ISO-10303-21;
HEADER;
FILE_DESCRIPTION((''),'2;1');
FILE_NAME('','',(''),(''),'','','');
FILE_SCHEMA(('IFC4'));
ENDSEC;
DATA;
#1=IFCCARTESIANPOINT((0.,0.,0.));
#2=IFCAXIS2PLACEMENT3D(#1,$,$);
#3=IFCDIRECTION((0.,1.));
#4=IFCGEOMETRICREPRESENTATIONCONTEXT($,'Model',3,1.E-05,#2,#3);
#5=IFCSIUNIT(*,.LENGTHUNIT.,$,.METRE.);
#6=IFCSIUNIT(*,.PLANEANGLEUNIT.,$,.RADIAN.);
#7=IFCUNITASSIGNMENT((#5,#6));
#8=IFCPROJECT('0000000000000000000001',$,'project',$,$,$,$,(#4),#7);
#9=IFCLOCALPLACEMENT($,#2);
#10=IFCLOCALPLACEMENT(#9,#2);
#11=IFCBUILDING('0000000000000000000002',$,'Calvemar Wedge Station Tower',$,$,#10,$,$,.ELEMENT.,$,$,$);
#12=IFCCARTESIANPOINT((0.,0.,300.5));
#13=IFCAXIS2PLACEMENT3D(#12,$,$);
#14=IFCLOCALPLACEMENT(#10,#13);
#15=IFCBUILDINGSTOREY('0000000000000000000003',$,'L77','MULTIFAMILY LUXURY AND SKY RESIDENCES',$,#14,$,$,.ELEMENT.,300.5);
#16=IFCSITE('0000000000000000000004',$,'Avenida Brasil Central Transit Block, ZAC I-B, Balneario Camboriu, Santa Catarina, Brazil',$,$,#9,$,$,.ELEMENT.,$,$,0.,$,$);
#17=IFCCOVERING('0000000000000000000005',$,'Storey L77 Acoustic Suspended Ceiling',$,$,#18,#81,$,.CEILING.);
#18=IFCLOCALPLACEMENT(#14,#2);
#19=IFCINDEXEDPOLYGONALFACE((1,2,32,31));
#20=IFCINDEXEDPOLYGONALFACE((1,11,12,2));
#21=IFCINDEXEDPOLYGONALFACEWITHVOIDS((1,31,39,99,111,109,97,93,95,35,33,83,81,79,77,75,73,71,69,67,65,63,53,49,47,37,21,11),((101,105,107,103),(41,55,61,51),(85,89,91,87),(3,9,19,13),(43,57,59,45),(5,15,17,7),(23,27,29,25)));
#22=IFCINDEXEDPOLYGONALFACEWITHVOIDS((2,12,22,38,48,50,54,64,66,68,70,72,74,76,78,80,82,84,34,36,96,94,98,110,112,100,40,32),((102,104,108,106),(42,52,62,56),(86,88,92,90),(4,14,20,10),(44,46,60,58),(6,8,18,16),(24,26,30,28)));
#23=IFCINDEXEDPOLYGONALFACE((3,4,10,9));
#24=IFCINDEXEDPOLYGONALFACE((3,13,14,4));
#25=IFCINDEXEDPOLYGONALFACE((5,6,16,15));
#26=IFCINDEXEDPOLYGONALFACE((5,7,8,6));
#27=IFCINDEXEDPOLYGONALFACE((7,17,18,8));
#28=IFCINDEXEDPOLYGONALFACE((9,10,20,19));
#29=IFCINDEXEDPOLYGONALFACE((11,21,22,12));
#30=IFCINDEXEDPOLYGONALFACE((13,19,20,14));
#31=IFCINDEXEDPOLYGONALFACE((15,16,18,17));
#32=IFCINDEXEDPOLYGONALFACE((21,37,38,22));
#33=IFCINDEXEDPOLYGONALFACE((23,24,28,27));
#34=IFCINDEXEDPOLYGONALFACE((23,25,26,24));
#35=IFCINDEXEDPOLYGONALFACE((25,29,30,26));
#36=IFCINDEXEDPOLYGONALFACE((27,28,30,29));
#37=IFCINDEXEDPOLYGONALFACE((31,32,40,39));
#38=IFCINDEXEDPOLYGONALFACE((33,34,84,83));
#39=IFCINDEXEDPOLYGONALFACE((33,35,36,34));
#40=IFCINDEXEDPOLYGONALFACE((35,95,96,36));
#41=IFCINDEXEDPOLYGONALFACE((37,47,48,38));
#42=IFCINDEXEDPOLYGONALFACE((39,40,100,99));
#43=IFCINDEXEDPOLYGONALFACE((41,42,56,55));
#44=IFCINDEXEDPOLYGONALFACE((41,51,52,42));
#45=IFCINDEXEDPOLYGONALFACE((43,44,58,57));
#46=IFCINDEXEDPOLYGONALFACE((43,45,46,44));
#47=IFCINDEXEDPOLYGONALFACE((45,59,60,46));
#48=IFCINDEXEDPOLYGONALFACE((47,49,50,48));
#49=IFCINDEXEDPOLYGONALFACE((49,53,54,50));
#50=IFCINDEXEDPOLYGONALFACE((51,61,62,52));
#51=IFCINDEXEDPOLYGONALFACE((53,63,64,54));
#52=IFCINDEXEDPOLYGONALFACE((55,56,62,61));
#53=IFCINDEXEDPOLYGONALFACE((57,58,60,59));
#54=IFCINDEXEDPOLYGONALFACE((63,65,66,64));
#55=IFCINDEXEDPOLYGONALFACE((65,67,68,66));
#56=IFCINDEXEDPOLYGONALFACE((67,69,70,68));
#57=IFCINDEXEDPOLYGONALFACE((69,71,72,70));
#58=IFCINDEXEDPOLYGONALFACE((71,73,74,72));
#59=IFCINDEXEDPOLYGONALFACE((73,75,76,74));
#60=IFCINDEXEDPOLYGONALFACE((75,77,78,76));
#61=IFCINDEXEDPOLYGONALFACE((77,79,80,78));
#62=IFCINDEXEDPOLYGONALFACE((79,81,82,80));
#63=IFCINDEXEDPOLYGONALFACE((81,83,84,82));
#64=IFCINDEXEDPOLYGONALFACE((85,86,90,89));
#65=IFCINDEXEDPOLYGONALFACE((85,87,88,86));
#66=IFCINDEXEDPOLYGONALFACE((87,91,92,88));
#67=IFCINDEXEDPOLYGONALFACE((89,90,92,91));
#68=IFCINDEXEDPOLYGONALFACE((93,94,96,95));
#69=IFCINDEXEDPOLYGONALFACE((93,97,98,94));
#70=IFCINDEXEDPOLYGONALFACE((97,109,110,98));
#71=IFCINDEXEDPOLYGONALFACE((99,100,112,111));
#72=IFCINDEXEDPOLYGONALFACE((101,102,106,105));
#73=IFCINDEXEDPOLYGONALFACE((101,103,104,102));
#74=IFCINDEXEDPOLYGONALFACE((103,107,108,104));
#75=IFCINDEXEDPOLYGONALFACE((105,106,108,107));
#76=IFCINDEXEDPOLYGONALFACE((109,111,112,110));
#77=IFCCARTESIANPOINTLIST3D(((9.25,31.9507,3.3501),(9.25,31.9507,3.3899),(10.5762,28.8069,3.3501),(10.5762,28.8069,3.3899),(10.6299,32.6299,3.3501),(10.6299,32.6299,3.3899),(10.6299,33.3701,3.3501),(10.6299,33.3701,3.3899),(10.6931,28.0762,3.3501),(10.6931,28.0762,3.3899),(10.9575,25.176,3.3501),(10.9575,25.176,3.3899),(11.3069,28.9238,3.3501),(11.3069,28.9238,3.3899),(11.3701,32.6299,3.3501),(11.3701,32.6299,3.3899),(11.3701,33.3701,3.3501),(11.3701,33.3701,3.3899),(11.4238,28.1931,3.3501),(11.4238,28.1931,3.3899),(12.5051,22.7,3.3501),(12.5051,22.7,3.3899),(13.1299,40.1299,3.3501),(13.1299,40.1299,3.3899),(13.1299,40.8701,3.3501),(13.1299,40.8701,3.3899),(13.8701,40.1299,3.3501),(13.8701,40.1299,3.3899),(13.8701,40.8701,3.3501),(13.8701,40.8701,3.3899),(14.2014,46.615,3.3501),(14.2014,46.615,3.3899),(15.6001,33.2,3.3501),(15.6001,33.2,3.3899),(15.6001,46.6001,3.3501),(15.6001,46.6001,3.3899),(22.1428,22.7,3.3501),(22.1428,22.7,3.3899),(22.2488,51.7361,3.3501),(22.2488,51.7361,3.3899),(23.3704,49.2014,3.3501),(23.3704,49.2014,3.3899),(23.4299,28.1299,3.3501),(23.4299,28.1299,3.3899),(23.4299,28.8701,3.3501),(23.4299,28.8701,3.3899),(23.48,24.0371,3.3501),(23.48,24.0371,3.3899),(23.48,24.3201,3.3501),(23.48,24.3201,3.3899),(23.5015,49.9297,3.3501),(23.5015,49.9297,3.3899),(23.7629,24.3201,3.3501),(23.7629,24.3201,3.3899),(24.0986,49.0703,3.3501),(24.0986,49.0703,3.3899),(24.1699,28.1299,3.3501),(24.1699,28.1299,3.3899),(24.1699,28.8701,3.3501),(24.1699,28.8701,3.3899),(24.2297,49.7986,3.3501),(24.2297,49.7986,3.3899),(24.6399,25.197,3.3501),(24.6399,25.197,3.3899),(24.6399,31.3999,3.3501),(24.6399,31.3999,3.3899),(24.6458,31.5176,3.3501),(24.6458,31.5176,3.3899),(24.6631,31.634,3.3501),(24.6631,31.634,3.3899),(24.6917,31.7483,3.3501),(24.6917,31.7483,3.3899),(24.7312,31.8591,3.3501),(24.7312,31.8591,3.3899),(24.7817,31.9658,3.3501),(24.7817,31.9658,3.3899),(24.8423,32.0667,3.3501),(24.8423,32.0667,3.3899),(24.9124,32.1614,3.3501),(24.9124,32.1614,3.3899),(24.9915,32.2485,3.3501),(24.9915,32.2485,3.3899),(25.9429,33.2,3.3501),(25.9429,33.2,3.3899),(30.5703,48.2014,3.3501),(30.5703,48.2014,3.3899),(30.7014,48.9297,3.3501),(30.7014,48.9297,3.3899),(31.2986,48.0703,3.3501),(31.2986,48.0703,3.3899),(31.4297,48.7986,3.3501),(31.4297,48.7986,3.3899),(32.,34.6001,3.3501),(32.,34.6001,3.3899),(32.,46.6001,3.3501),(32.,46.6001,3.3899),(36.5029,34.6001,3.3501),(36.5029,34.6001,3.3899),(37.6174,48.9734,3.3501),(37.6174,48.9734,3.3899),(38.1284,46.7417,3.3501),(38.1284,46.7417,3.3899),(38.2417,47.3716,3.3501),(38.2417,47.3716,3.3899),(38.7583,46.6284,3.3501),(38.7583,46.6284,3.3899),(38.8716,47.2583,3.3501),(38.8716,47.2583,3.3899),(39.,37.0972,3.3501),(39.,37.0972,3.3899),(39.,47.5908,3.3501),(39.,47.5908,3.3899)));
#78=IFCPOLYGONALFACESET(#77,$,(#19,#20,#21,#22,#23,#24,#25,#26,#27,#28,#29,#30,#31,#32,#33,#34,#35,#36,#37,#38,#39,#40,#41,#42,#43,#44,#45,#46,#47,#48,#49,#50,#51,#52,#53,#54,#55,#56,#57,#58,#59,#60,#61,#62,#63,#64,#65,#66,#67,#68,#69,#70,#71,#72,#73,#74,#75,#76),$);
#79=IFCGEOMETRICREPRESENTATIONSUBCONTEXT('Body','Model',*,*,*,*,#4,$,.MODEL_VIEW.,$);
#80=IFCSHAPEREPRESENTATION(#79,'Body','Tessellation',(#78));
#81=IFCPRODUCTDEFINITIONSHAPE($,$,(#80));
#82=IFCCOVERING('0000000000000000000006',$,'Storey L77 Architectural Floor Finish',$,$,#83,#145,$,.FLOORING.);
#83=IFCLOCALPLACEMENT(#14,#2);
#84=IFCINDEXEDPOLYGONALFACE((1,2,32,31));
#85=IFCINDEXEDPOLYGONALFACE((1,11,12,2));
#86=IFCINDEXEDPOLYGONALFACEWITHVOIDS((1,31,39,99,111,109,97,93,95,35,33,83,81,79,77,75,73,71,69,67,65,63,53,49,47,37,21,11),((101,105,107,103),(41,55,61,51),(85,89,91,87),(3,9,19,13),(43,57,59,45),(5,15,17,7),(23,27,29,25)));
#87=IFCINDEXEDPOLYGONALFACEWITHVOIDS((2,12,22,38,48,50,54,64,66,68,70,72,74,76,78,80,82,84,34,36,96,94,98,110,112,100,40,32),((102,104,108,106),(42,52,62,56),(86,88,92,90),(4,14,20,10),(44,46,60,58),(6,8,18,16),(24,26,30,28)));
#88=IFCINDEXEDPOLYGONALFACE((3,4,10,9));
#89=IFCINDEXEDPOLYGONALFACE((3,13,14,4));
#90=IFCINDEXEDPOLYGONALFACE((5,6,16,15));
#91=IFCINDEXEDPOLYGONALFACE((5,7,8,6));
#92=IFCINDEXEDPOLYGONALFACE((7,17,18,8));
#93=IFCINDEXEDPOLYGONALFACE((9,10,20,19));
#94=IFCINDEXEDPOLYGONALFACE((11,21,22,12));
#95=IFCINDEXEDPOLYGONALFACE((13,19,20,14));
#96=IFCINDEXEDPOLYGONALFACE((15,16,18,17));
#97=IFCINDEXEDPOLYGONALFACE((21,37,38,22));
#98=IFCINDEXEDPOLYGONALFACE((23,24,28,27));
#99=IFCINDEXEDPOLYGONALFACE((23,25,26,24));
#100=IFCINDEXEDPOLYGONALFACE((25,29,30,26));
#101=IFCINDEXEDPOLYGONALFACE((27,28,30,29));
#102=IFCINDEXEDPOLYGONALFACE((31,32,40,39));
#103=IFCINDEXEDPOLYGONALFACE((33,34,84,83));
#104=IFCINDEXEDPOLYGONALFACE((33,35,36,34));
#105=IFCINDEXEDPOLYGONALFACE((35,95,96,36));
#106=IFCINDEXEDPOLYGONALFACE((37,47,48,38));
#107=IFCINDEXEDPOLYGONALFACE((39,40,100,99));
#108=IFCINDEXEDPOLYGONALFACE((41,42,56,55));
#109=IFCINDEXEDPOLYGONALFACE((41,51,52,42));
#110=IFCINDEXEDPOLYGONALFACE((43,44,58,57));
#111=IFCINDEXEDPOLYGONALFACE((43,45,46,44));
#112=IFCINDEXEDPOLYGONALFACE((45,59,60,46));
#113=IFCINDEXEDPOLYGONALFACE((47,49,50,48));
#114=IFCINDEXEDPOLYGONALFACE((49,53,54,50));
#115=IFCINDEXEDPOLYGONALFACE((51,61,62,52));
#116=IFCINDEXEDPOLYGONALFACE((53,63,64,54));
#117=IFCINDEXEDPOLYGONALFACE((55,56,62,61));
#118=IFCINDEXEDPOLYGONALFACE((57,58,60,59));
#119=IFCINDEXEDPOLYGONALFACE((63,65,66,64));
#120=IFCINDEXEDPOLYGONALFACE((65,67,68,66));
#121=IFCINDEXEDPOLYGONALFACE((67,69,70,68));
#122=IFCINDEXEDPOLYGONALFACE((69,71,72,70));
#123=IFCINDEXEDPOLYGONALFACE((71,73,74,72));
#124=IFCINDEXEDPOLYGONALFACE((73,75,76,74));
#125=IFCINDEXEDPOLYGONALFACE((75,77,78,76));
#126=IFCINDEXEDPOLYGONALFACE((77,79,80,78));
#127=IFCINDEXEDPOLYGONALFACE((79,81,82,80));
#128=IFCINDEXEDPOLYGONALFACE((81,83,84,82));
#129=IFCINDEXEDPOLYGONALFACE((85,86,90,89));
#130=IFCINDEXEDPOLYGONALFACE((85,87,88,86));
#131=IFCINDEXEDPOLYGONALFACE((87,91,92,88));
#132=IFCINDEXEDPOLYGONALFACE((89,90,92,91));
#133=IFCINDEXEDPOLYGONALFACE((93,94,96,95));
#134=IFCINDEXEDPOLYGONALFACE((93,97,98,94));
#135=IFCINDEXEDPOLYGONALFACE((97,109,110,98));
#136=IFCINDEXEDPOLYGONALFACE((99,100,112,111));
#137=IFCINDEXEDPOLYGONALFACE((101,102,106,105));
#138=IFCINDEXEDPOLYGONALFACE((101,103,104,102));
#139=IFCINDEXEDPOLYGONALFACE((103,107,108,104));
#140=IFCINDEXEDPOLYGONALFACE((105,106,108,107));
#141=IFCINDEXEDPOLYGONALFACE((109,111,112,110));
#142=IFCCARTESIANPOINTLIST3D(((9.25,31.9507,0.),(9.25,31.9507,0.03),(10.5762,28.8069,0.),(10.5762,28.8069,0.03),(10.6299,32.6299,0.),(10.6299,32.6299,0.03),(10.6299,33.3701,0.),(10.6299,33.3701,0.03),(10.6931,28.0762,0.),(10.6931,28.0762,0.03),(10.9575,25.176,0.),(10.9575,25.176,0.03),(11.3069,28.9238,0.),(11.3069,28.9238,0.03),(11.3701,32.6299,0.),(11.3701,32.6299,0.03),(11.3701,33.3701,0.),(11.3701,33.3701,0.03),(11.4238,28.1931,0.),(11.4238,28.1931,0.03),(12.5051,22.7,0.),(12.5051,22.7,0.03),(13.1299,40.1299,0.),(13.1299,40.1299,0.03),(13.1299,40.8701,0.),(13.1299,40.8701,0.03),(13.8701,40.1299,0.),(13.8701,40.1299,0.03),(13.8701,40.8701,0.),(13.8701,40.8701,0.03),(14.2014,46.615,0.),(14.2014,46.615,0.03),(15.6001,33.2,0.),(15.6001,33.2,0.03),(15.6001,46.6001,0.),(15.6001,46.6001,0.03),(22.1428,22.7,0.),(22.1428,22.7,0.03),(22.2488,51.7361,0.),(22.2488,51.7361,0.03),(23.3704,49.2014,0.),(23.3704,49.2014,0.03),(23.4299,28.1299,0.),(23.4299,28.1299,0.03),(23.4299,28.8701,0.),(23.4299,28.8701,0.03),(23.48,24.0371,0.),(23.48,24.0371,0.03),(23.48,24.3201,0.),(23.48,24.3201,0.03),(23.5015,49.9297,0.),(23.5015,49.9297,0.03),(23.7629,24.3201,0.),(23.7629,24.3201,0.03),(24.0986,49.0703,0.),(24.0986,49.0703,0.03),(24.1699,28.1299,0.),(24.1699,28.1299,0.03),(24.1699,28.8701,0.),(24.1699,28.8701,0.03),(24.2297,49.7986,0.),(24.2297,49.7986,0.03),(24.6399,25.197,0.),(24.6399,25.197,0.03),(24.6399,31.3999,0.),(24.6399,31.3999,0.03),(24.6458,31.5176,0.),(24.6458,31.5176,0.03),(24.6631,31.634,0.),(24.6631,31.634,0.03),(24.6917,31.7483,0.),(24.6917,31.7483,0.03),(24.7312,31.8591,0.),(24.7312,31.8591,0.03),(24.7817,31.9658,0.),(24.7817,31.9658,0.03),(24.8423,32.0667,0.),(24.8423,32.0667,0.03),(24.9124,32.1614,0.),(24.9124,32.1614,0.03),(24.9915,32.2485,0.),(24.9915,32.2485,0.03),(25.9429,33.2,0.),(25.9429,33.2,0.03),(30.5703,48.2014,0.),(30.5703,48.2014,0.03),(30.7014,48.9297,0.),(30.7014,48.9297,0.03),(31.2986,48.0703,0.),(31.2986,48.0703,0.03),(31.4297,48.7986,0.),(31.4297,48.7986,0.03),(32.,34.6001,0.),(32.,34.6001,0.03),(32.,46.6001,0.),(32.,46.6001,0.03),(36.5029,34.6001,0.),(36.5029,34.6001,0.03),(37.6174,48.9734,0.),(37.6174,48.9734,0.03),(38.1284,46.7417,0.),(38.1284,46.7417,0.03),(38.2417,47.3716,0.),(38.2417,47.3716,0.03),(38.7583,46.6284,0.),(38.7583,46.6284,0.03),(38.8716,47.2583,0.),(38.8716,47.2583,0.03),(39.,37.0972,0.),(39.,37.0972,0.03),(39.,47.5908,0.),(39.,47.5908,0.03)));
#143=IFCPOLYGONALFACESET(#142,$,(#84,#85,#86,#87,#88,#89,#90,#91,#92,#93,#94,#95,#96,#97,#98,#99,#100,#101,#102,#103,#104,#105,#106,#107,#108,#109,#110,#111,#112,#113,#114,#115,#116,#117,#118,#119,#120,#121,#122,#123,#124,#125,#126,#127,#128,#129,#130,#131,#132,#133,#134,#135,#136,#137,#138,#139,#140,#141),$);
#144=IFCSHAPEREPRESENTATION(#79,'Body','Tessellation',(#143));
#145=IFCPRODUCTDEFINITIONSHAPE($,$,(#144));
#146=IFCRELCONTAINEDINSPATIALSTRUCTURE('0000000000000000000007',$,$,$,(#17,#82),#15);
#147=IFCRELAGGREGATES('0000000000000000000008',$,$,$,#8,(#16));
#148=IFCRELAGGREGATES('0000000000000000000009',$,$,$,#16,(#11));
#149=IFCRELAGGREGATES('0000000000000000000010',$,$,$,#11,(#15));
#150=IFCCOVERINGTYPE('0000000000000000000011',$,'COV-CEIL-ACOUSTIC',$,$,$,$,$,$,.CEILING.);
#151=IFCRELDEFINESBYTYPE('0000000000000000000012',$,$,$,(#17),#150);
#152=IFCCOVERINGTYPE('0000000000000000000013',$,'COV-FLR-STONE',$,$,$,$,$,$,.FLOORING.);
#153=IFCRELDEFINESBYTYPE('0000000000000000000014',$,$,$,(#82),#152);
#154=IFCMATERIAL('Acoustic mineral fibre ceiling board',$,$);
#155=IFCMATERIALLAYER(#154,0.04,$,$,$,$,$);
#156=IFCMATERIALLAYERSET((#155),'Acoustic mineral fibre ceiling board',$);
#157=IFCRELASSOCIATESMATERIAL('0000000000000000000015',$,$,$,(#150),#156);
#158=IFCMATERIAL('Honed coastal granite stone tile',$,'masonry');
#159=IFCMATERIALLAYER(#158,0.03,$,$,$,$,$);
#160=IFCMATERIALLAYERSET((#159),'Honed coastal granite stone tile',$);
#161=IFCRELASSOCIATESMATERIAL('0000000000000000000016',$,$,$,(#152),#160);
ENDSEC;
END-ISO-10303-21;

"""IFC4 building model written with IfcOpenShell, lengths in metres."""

from ifc_helpers import new_model, si_unit, direction, frame, origin, place, context, subcontext, project, spatial, polyline, outline, extrude, material, layer, layer_set, type_object, element, save


model = new_model("IFC4")

# Units and contexts
model_context = context("Model", 3, precision=1e-05, world=origin(), true_north=direction((0.0, 1.0)))
body_context = subcontext(model_context, "Body", "Model", "MODEL_VIEW")
ifc_project = project(units=[si_unit("LENGTHUNIT", "METRE"), si_unit("PLANEANGLEUNIT", "RADIAN")], contexts=[model_context])

# Site, building, storey
site_placement = place(None, origin())
site = spatial("IfcSite", under=ifc_project, at=site_placement, Name="Avenida Brasil Central Transit Block, ZAC I-B, Balneario Camboriu, Santa Catarina, Brazil", CompositionType="ELEMENT", RefElevation=0.0)
building_placement = place(site_placement, origin())
building = spatial("IfcBuilding", under=site, at=building_placement, Name="Calvemar Wedge Station Tower", CompositionType="ELEMENT")
storey_placement = place(building_placement, frame((0.0, 0.0, 300.5)))
storey = spatial("IfcBuildingStorey", under=building, at=storey_placement, Name="L77", Description="MULTIFAMILY LUXURY AND SKY RESIDENCES", CompositionType="ELEMENT", Elevation=300.5)

# Coverings
ifc_material_1 = material(Name="Acoustic mineral fibre ceiling board")
ifc_layer_1 = layer(ifc_material_1, 0.04)
ifc_layer_set_1 = layer_set([ifc_layer_1], Name="Acoustic mineral fibre ceiling board")
covering_type_1 = type_object("IfcCoveringType", Name="COV-CEIL-ACOUSTIC", PredefinedType="CEILING", material=ifc_layer_set_1)
covering_1_placement = place(storey_placement, frame((0.0, 0.0, 3.3501)))
element("IfcCovering", 1, at=covering_1_placement, inside=storey, type_object=covering_type_1, Name="Storey L77 Acoustic Suspended Ceiling", PredefinedType="CEILING", context=body_context, shape_type="SweptSolid", body=[
    extrude(outline(polyline([(32.0, 46.6001), (32.0, 34.6001), (36.5029, 34.6001), (39.0, 37.0972), (39.0, 47.5908), (37.6174, 48.9734), (22.2488, 51.7361), (14.2014, 46.615), (9.25, 31.9507), (10.9575, 25.176), (12.5051, 22.7), (22.1428, 22.7), (23.48, 24.0371), (23.48, 24.3201), (23.7629, 24.3201), (24.6399, 25.197), (24.6399, 31.3999), (24.6458, 31.5176), (24.6631, 31.634), (24.6917, 31.7483), (24.7312, 31.8591), (24.7817, 31.9658), (24.8423, 32.0667), (24.9124, 32.1614), (24.9915, 32.2485), (25.9429, 33.2), (15.6001, 33.2), (15.6001, 46.6001), (32.0, 46.6001)]), holes=[polyline([(10.6299, 32.6299), (10.6299, 33.3701), (11.3701, 33.3701), (11.3701, 32.6299), (10.6299, 32.6299)]), polyline([(13.1299, 40.8701), (13.8701, 40.8701), (13.8701, 40.1299), (13.1299, 40.1299), (13.1299, 40.8701)]), polyline([(24.2297, 49.7986), (24.0986, 49.0703), (23.3704, 49.2014), (23.5015, 49.9297), (24.2297, 49.7986)]), polyline([(31.2986, 48.0703), (30.5703, 48.2014), (30.7014, 48.9297), (31.4297, 48.7986), (31.2986, 48.0703)]), polyline([(38.1284, 46.7417), (38.2417, 47.3716), (38.8716, 47.2583), (38.7583, 46.6284), (38.1284, 46.7417)]), polyline([(11.3069, 28.9238), (11.4238, 28.1931), (10.6931, 28.0762), (10.5762, 28.8069), (11.3069, 28.9238)]), polyline([(24.1699, 28.8701), (24.1699, 28.1299), (23.4299, 28.1299), (23.4299, 28.8701), (24.1699, 28.8701)])]), origin(), (0.0, 0.0, 1.0), 0.0398),
])
ifc_material_2 = material(Name="Honed coastal granite stone tile", Category="masonry")
ifc_layer_2 = layer(ifc_material_2, 0.03)
ifc_layer_set_2 = layer_set([ifc_layer_2], Name="Honed coastal granite stone tile")
covering_type_2 = type_object("IfcCoveringType", Name="COV-FLR-STONE", PredefinedType="FLOORING", material=ifc_layer_set_2)
covering_2_placement = place(storey_placement, origin())
element("IfcCovering", 2, at=covering_2_placement, inside=storey, type_object=covering_type_2, Name="Storey L77 Architectural Floor Finish", PredefinedType="FLOORING", context=body_context, shape_type="SweptSolid", body=[
    extrude(outline(polyline([(32.0, 46.6001), (32.0, 34.6001), (36.5029, 34.6001), (39.0, 37.0972), (39.0, 47.5908), (37.6174, 48.9734), (22.2488, 51.7361), (14.2014, 46.615), (9.25, 31.9507), (10.9575, 25.176), (12.5051, 22.7), (22.1428, 22.7), (23.48, 24.0371), (23.48, 24.3201), (23.7629, 24.3201), (24.6399, 25.197), (24.6399, 31.3999), (24.6458, 31.5176), (24.6631, 31.634), (24.6917, 31.7483), (24.7312, 31.8591), (24.7817, 31.9658), (24.8423, 32.0667), (24.9124, 32.1614), (24.9915, 32.2485), (25.9429, 33.2), (15.6001, 33.2), (15.6001, 46.6001), (32.0, 46.6001)]), holes=[polyline([(10.6299, 32.6299), (10.6299, 33.3701), (11.3701, 33.3701), (11.3701, 32.6299), (10.6299, 32.6299)]), polyline([(13.1299, 40.8701), (13.8701, 40.8701), (13.8701, 40.1299), (13.1299, 40.1299), (13.1299, 40.8701)]), polyline([(24.2297, 49.7986), (24.0986, 49.0703), (23.3704, 49.2014), (23.5015, 49.9297), (24.2297, 49.7986)]), polyline([(31.2986, 48.0703), (30.5703, 48.2014), (30.7014, 48.9297), (31.4297, 48.7986), (31.2986, 48.0703)]), polyline([(38.1284, 46.7417), (38.2417, 47.3716), (38.8716, 47.2583), (38.7583, 46.6284), (38.1284, 46.7417)]), polyline([(11.3069, 28.9238), (11.4238, 28.1931), (10.6931, 28.0762), (10.5762, 28.8069), (11.3069, 28.9238)]), polyline([(24.1699, 28.8701), (24.1699, 28.1299), (23.4299, 28.1299), (23.4299, 28.8701), (24.1699, 28.8701)])]), origin(), (0.0, 0.0, 1.0), 0.03),
])

save(model, "model.ifc")
